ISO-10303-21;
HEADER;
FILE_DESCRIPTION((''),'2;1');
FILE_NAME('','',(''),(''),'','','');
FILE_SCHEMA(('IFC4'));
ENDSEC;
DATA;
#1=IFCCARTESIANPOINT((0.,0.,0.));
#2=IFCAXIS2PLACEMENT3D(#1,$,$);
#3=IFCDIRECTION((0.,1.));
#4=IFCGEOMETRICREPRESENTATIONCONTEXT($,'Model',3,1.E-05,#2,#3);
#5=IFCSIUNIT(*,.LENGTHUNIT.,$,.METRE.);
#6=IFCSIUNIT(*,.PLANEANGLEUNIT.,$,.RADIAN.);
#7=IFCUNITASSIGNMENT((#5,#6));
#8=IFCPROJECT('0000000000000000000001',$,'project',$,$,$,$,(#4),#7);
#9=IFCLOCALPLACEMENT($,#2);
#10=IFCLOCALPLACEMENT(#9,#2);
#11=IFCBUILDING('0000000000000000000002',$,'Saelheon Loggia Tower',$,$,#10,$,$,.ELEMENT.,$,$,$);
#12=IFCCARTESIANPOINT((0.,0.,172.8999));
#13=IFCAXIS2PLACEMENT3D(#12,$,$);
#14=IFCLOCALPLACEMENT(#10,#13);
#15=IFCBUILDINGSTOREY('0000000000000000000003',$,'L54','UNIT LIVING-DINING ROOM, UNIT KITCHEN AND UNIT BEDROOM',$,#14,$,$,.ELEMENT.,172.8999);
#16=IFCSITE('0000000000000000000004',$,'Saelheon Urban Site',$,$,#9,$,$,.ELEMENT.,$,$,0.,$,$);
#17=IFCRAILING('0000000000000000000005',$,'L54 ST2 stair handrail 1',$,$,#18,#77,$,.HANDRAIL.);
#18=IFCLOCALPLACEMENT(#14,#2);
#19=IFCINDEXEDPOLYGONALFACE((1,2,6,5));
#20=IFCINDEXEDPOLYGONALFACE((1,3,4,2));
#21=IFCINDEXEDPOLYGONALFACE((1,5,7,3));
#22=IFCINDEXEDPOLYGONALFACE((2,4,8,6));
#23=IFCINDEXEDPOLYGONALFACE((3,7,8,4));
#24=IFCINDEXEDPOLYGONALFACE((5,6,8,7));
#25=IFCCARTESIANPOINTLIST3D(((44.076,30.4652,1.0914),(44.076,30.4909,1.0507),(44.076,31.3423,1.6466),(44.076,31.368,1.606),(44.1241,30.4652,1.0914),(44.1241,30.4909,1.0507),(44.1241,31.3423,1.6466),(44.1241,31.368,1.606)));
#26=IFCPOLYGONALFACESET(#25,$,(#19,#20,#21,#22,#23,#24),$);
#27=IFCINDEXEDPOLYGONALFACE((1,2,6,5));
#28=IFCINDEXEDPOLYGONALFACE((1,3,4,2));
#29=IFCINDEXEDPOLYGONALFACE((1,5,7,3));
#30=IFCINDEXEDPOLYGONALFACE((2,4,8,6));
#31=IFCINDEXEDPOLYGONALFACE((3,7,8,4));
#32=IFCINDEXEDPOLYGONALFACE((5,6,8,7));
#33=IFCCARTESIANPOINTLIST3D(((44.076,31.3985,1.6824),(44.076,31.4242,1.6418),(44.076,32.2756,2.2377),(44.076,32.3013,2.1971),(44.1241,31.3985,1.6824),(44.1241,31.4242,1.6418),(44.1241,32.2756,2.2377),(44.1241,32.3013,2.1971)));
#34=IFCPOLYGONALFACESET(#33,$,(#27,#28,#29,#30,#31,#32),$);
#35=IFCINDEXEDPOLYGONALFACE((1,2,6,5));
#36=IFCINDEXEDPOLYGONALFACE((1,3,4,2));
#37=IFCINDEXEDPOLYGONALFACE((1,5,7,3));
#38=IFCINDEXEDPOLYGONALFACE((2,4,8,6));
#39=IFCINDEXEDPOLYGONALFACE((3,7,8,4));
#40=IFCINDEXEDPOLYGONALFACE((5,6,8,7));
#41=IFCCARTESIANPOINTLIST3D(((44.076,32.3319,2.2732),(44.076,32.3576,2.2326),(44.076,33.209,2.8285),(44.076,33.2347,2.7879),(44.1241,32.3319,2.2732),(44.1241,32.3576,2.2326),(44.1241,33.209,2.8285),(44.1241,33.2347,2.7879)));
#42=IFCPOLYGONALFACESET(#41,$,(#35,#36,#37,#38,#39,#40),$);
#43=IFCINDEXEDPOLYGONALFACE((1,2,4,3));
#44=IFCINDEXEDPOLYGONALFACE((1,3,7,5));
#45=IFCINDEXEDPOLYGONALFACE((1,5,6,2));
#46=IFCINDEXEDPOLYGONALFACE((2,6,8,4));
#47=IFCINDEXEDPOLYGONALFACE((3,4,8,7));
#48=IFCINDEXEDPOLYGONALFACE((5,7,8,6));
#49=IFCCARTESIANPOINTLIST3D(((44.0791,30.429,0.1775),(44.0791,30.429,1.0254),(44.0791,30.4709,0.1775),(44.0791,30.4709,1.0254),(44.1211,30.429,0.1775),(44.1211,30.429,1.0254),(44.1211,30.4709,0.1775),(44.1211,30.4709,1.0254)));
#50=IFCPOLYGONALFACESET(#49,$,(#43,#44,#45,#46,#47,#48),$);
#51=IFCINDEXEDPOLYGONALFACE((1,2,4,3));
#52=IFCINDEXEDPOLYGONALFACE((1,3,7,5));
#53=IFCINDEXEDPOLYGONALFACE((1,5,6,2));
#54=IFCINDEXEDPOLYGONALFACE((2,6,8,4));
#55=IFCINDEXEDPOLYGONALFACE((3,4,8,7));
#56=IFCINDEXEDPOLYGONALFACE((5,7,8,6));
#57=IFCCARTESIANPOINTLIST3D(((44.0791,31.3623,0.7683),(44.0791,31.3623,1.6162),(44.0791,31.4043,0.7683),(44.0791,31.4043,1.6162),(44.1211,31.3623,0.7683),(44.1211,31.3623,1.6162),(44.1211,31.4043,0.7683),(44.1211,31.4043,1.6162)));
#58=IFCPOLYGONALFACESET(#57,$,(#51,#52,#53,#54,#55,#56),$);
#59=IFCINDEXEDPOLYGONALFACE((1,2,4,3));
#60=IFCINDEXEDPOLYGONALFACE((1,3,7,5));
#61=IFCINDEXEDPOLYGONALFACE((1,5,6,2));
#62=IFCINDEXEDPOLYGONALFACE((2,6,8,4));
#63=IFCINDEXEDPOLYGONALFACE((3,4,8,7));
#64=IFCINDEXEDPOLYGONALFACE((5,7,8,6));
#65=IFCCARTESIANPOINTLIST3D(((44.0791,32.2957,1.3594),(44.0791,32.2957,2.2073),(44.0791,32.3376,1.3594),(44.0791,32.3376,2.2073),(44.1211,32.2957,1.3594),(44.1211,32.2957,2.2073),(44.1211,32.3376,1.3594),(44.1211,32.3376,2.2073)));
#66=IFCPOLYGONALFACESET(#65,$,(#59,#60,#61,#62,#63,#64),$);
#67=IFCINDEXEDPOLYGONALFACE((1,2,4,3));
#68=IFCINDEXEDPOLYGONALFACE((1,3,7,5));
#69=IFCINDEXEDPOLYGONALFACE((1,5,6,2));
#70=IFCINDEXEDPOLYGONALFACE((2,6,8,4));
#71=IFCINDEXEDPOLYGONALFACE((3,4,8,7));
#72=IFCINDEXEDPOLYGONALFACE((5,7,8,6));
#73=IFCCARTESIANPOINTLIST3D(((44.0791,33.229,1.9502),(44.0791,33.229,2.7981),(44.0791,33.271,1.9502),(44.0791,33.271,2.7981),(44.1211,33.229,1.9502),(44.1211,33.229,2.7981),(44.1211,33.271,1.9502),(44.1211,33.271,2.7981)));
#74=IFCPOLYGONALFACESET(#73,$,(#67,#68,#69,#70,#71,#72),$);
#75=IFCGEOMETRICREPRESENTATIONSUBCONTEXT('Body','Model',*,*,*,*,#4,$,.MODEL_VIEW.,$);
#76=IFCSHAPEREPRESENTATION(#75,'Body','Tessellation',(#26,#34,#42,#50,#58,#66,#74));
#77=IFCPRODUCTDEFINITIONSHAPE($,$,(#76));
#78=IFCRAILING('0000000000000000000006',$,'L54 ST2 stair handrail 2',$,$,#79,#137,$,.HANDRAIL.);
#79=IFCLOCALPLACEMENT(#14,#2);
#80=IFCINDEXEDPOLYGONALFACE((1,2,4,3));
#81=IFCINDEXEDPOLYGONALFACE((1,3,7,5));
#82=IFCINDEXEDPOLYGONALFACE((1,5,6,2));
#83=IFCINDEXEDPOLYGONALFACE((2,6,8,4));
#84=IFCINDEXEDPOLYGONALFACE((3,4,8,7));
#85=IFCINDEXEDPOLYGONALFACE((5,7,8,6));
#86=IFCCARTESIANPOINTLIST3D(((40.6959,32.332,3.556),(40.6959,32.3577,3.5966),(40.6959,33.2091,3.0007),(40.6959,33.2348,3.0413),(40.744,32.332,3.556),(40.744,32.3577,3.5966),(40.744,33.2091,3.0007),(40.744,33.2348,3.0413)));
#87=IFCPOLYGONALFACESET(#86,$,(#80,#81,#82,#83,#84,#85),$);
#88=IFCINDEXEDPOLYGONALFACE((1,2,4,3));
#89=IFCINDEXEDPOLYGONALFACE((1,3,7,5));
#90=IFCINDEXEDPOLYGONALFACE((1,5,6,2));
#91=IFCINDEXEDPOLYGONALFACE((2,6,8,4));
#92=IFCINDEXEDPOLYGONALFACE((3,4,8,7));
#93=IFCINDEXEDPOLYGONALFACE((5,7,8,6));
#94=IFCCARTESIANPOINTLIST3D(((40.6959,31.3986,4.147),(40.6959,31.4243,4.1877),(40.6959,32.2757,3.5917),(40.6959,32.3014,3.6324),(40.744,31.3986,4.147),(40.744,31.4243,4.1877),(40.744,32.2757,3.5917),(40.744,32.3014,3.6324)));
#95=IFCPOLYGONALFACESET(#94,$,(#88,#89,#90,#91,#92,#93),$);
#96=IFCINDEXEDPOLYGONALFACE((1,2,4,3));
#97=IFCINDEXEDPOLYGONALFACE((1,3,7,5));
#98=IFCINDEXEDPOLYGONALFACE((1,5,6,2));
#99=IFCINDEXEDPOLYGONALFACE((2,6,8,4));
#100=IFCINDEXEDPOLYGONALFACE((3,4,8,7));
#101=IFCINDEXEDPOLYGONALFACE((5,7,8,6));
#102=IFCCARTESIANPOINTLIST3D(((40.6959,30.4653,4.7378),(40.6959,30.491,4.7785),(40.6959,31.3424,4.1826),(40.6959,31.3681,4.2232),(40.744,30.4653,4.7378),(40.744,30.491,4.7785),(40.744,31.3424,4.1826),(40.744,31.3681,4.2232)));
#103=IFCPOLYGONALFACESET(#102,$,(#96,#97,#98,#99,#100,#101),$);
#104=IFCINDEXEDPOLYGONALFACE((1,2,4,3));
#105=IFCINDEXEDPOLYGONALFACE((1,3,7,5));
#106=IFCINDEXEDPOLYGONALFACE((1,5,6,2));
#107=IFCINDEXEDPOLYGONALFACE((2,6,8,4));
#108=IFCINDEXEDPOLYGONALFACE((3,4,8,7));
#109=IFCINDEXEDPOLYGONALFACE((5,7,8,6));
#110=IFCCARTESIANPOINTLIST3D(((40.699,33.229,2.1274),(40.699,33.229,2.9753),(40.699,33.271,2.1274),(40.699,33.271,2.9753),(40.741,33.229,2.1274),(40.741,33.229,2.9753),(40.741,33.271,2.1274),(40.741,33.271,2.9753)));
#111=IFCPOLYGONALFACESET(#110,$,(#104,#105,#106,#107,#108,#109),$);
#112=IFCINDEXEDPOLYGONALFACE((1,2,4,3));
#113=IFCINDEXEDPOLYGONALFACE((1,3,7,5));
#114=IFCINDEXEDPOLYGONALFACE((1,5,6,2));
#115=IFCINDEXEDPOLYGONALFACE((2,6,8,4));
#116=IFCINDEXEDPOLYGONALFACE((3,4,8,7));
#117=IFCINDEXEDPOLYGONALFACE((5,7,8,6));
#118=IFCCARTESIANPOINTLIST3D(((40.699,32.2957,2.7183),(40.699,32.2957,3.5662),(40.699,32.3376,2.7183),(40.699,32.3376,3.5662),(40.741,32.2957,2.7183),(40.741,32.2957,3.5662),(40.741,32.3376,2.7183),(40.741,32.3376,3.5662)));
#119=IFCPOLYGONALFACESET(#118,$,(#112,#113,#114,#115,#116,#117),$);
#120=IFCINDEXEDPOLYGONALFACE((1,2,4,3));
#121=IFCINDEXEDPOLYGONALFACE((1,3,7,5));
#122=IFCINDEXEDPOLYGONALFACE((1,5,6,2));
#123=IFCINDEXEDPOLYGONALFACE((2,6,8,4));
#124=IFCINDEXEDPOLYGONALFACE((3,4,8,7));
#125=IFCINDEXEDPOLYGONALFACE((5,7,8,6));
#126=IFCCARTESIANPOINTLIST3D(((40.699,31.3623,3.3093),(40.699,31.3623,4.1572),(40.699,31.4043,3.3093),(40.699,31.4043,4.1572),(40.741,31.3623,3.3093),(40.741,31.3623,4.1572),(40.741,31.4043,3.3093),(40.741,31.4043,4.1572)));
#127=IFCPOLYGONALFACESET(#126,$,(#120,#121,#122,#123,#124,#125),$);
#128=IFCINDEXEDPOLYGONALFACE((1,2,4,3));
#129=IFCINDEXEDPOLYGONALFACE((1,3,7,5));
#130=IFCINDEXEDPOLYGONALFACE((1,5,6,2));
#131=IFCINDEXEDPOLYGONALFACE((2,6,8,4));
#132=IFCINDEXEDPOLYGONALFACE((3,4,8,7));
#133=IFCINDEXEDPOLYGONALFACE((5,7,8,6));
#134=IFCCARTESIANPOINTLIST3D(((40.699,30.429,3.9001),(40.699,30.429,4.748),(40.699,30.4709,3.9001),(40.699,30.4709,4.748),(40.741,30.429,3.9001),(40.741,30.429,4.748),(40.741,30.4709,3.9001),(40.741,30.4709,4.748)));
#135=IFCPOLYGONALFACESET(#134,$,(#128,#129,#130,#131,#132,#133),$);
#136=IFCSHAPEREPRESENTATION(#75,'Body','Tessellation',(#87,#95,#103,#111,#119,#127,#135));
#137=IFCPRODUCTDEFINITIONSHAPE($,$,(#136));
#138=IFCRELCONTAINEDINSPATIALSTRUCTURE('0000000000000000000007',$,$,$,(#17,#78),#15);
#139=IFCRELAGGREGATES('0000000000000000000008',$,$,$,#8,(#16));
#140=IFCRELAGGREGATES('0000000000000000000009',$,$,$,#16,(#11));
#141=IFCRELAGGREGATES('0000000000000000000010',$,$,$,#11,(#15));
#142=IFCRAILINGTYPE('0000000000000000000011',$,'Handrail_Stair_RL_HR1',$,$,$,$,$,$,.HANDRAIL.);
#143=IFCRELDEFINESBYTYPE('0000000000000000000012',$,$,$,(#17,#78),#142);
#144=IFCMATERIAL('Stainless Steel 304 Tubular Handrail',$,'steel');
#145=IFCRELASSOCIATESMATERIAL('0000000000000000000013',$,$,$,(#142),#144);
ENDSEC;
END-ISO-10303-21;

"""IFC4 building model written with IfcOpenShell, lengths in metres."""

from ifc_helpers import new_model, si_unit, direction, frame, origin, origin_2d, place, context, subcontext, project, spatial, rectangle, extrude, material, type_object, element, save


model = new_model("IFC4")

# Units and contexts
model_context = context("Model", 3, precision=1e-05, world=origin(), true_north=direction((0.0, 1.0)))
body_context = subcontext(model_context, "Body", "Model", "MODEL_VIEW")
ifc_project = project(units=[si_unit("LENGTHUNIT", "METRE"), si_unit("PLANEANGLEUNIT", "RADIAN")], contexts=[model_context])

# Site, building, storey
site_placement = place(None, origin())
site = spatial("IfcSite", under=ifc_project, at=site_placement, Name="Saelheon Urban Site", CompositionType="ELEMENT", RefElevation=0.0)
building_placement = place(site_placement, origin())
building = spatial("IfcBuilding", under=site, at=building_placement, Name="Saelheon Loggia Tower", CompositionType="ELEMENT")
storey_placement = place(building_placement, frame((0.0, 0.0, 172.8999)))
storey = spatial("IfcBuildingStorey", under=building, at=storey_placement, Name="L54", Description="UNIT LIVING-DINING ROOM, UNIT KITCHEN AND UNIT BEDROOM", CompositionType="ELEMENT", Elevation=172.8999)

# Railings
ifc_material_1 = material(Name="Stainless Steel 304 Tubular Handrail", Category="steel")
railing_type_1 = type_object("IfcRailingType", Name="Handrail_Stair_RL_HR1", PredefinedType="HANDRAIL", material=ifc_material_1)
railing_1_placement = place(storey_placement, frame((44.1001, 30.45, 0.1775)))
element("IfcRailing", 1, at=railing_1_placement, inside=storey, type_object=railing_type_1, Name="L54 ST2 stair handrail 1", PredefinedType="HANDRAIL", context=body_context, shape_type="SweptSolid", body=[
    extrude(rectangle(XDim=0.0481, YDim=0.0481, at=origin_2d()), frame((0.0, 0.0281, 0.8936), z_axis=(0.0, 0.844909, 0.53491), x_axis=(-1.0, 0.0, 0.0)), (0.0, 0.0, 1.0), 1.0381),
    extrude(rectangle(XDim=0.0481, YDim=0.0481, at=origin_2d()), frame((0.0, 0.9614, 1.4846), z_axis=(0.0, 0.844909, 0.53491), x_axis=(-1.0, 0.0, 0.0)), (0.0, 0.0, 1.0), 1.0381),
    extrude(rectangle(XDim=0.0481, YDim=0.0481, at=origin_2d()), frame((0.0, 1.8948, 2.0754), z_axis=(0.0, 0.844909, 0.53491), x_axis=(-1.0, 0.0, 0.0)), (0.0, 0.0, 1.0), 1.0381),
    extrude(rectangle(XDim=0.042, YDim=0.042, at=origin_2d()), origin(), (0.0, 0.0, 1.0), 0.8479),
    extrude(rectangle(XDim=0.042, YDim=0.042, at=origin_2d()), frame((0.0, 0.9333, 0.5908)), (0.0, 0.0, 1.0), 0.8479),
    extrude(rectangle(XDim=0.042, YDim=0.042, at=origin_2d()), frame((0.0, 1.8667, 1.1819)), (0.0, 0.0, 1.0), 0.8479),
    extrude(rectangle(XDim=0.042, YDim=0.042, at=origin_2d()), frame((0.0, 2.8, 1.7727)), (0.0, 0.0, 1.0), 0.8479),
])
railing_2_placement = place(storey_placement, frame((40.72, 33.25, 2.1274)))
element("IfcRailing", 2, at=railing_2_placement, inside=storey, type_object=railing_type_1, Name="L54 ST2 stair handrail 2", PredefinedType="HANDRAIL", context=body_context, shape_type="SweptSolid", body=[
    extrude(rectangle(XDim=0.0481, YDim=0.0481, at=origin_2d()), frame((0.0, -0.0281, 0.8936), z_axis=(0.0, -0.844909, 0.53491), x_axis=(1.0, 0.0, 0.0)), (0.0, 0.0, 1.0), 1.0381),
    extrude(rectangle(XDim=0.0481, YDim=0.0481, at=origin_2d()), frame((0.0, -0.9614, 1.4846), z_axis=(0.0, -0.844909, 0.53491), x_axis=(1.0, 0.0, 0.0)), (0.0, 0.0, 1.0), 1.0381),
    extrude(rectangle(XDim=0.0481, YDim=0.0481, at=origin_2d()), frame((0.0, -1.8948, 2.0754), z_axis=(0.0, -0.844909, 0.53491), x_axis=(1.0, 0.0, 0.0)), (0.0, 0.0, 1.0), 1.0381),
    extrude(rectangle(XDim=0.042, YDim=0.042, at=origin_2d()), origin(), (0.0, 0.0, 1.0), 0.8479),
    extrude(rectangle(XDim=0.042, YDim=0.042, at=origin_2d()), frame((0.0, -0.9333, 0.5908)), (0.0, 0.0, 1.0), 0.8479),
    extrude(rectangle(XDim=0.042, YDim=0.042, at=origin_2d()), frame((0.0, -1.8667, 1.1819)), (0.0, 0.0, 1.0), 0.8479),
    extrude(rectangle(XDim=0.042, YDim=0.042, at=origin_2d()), frame((0.0, -2.8, 1.7727)), (0.0, 0.0, 1.0), 0.8479),
])

save(model, "model.ifc")
